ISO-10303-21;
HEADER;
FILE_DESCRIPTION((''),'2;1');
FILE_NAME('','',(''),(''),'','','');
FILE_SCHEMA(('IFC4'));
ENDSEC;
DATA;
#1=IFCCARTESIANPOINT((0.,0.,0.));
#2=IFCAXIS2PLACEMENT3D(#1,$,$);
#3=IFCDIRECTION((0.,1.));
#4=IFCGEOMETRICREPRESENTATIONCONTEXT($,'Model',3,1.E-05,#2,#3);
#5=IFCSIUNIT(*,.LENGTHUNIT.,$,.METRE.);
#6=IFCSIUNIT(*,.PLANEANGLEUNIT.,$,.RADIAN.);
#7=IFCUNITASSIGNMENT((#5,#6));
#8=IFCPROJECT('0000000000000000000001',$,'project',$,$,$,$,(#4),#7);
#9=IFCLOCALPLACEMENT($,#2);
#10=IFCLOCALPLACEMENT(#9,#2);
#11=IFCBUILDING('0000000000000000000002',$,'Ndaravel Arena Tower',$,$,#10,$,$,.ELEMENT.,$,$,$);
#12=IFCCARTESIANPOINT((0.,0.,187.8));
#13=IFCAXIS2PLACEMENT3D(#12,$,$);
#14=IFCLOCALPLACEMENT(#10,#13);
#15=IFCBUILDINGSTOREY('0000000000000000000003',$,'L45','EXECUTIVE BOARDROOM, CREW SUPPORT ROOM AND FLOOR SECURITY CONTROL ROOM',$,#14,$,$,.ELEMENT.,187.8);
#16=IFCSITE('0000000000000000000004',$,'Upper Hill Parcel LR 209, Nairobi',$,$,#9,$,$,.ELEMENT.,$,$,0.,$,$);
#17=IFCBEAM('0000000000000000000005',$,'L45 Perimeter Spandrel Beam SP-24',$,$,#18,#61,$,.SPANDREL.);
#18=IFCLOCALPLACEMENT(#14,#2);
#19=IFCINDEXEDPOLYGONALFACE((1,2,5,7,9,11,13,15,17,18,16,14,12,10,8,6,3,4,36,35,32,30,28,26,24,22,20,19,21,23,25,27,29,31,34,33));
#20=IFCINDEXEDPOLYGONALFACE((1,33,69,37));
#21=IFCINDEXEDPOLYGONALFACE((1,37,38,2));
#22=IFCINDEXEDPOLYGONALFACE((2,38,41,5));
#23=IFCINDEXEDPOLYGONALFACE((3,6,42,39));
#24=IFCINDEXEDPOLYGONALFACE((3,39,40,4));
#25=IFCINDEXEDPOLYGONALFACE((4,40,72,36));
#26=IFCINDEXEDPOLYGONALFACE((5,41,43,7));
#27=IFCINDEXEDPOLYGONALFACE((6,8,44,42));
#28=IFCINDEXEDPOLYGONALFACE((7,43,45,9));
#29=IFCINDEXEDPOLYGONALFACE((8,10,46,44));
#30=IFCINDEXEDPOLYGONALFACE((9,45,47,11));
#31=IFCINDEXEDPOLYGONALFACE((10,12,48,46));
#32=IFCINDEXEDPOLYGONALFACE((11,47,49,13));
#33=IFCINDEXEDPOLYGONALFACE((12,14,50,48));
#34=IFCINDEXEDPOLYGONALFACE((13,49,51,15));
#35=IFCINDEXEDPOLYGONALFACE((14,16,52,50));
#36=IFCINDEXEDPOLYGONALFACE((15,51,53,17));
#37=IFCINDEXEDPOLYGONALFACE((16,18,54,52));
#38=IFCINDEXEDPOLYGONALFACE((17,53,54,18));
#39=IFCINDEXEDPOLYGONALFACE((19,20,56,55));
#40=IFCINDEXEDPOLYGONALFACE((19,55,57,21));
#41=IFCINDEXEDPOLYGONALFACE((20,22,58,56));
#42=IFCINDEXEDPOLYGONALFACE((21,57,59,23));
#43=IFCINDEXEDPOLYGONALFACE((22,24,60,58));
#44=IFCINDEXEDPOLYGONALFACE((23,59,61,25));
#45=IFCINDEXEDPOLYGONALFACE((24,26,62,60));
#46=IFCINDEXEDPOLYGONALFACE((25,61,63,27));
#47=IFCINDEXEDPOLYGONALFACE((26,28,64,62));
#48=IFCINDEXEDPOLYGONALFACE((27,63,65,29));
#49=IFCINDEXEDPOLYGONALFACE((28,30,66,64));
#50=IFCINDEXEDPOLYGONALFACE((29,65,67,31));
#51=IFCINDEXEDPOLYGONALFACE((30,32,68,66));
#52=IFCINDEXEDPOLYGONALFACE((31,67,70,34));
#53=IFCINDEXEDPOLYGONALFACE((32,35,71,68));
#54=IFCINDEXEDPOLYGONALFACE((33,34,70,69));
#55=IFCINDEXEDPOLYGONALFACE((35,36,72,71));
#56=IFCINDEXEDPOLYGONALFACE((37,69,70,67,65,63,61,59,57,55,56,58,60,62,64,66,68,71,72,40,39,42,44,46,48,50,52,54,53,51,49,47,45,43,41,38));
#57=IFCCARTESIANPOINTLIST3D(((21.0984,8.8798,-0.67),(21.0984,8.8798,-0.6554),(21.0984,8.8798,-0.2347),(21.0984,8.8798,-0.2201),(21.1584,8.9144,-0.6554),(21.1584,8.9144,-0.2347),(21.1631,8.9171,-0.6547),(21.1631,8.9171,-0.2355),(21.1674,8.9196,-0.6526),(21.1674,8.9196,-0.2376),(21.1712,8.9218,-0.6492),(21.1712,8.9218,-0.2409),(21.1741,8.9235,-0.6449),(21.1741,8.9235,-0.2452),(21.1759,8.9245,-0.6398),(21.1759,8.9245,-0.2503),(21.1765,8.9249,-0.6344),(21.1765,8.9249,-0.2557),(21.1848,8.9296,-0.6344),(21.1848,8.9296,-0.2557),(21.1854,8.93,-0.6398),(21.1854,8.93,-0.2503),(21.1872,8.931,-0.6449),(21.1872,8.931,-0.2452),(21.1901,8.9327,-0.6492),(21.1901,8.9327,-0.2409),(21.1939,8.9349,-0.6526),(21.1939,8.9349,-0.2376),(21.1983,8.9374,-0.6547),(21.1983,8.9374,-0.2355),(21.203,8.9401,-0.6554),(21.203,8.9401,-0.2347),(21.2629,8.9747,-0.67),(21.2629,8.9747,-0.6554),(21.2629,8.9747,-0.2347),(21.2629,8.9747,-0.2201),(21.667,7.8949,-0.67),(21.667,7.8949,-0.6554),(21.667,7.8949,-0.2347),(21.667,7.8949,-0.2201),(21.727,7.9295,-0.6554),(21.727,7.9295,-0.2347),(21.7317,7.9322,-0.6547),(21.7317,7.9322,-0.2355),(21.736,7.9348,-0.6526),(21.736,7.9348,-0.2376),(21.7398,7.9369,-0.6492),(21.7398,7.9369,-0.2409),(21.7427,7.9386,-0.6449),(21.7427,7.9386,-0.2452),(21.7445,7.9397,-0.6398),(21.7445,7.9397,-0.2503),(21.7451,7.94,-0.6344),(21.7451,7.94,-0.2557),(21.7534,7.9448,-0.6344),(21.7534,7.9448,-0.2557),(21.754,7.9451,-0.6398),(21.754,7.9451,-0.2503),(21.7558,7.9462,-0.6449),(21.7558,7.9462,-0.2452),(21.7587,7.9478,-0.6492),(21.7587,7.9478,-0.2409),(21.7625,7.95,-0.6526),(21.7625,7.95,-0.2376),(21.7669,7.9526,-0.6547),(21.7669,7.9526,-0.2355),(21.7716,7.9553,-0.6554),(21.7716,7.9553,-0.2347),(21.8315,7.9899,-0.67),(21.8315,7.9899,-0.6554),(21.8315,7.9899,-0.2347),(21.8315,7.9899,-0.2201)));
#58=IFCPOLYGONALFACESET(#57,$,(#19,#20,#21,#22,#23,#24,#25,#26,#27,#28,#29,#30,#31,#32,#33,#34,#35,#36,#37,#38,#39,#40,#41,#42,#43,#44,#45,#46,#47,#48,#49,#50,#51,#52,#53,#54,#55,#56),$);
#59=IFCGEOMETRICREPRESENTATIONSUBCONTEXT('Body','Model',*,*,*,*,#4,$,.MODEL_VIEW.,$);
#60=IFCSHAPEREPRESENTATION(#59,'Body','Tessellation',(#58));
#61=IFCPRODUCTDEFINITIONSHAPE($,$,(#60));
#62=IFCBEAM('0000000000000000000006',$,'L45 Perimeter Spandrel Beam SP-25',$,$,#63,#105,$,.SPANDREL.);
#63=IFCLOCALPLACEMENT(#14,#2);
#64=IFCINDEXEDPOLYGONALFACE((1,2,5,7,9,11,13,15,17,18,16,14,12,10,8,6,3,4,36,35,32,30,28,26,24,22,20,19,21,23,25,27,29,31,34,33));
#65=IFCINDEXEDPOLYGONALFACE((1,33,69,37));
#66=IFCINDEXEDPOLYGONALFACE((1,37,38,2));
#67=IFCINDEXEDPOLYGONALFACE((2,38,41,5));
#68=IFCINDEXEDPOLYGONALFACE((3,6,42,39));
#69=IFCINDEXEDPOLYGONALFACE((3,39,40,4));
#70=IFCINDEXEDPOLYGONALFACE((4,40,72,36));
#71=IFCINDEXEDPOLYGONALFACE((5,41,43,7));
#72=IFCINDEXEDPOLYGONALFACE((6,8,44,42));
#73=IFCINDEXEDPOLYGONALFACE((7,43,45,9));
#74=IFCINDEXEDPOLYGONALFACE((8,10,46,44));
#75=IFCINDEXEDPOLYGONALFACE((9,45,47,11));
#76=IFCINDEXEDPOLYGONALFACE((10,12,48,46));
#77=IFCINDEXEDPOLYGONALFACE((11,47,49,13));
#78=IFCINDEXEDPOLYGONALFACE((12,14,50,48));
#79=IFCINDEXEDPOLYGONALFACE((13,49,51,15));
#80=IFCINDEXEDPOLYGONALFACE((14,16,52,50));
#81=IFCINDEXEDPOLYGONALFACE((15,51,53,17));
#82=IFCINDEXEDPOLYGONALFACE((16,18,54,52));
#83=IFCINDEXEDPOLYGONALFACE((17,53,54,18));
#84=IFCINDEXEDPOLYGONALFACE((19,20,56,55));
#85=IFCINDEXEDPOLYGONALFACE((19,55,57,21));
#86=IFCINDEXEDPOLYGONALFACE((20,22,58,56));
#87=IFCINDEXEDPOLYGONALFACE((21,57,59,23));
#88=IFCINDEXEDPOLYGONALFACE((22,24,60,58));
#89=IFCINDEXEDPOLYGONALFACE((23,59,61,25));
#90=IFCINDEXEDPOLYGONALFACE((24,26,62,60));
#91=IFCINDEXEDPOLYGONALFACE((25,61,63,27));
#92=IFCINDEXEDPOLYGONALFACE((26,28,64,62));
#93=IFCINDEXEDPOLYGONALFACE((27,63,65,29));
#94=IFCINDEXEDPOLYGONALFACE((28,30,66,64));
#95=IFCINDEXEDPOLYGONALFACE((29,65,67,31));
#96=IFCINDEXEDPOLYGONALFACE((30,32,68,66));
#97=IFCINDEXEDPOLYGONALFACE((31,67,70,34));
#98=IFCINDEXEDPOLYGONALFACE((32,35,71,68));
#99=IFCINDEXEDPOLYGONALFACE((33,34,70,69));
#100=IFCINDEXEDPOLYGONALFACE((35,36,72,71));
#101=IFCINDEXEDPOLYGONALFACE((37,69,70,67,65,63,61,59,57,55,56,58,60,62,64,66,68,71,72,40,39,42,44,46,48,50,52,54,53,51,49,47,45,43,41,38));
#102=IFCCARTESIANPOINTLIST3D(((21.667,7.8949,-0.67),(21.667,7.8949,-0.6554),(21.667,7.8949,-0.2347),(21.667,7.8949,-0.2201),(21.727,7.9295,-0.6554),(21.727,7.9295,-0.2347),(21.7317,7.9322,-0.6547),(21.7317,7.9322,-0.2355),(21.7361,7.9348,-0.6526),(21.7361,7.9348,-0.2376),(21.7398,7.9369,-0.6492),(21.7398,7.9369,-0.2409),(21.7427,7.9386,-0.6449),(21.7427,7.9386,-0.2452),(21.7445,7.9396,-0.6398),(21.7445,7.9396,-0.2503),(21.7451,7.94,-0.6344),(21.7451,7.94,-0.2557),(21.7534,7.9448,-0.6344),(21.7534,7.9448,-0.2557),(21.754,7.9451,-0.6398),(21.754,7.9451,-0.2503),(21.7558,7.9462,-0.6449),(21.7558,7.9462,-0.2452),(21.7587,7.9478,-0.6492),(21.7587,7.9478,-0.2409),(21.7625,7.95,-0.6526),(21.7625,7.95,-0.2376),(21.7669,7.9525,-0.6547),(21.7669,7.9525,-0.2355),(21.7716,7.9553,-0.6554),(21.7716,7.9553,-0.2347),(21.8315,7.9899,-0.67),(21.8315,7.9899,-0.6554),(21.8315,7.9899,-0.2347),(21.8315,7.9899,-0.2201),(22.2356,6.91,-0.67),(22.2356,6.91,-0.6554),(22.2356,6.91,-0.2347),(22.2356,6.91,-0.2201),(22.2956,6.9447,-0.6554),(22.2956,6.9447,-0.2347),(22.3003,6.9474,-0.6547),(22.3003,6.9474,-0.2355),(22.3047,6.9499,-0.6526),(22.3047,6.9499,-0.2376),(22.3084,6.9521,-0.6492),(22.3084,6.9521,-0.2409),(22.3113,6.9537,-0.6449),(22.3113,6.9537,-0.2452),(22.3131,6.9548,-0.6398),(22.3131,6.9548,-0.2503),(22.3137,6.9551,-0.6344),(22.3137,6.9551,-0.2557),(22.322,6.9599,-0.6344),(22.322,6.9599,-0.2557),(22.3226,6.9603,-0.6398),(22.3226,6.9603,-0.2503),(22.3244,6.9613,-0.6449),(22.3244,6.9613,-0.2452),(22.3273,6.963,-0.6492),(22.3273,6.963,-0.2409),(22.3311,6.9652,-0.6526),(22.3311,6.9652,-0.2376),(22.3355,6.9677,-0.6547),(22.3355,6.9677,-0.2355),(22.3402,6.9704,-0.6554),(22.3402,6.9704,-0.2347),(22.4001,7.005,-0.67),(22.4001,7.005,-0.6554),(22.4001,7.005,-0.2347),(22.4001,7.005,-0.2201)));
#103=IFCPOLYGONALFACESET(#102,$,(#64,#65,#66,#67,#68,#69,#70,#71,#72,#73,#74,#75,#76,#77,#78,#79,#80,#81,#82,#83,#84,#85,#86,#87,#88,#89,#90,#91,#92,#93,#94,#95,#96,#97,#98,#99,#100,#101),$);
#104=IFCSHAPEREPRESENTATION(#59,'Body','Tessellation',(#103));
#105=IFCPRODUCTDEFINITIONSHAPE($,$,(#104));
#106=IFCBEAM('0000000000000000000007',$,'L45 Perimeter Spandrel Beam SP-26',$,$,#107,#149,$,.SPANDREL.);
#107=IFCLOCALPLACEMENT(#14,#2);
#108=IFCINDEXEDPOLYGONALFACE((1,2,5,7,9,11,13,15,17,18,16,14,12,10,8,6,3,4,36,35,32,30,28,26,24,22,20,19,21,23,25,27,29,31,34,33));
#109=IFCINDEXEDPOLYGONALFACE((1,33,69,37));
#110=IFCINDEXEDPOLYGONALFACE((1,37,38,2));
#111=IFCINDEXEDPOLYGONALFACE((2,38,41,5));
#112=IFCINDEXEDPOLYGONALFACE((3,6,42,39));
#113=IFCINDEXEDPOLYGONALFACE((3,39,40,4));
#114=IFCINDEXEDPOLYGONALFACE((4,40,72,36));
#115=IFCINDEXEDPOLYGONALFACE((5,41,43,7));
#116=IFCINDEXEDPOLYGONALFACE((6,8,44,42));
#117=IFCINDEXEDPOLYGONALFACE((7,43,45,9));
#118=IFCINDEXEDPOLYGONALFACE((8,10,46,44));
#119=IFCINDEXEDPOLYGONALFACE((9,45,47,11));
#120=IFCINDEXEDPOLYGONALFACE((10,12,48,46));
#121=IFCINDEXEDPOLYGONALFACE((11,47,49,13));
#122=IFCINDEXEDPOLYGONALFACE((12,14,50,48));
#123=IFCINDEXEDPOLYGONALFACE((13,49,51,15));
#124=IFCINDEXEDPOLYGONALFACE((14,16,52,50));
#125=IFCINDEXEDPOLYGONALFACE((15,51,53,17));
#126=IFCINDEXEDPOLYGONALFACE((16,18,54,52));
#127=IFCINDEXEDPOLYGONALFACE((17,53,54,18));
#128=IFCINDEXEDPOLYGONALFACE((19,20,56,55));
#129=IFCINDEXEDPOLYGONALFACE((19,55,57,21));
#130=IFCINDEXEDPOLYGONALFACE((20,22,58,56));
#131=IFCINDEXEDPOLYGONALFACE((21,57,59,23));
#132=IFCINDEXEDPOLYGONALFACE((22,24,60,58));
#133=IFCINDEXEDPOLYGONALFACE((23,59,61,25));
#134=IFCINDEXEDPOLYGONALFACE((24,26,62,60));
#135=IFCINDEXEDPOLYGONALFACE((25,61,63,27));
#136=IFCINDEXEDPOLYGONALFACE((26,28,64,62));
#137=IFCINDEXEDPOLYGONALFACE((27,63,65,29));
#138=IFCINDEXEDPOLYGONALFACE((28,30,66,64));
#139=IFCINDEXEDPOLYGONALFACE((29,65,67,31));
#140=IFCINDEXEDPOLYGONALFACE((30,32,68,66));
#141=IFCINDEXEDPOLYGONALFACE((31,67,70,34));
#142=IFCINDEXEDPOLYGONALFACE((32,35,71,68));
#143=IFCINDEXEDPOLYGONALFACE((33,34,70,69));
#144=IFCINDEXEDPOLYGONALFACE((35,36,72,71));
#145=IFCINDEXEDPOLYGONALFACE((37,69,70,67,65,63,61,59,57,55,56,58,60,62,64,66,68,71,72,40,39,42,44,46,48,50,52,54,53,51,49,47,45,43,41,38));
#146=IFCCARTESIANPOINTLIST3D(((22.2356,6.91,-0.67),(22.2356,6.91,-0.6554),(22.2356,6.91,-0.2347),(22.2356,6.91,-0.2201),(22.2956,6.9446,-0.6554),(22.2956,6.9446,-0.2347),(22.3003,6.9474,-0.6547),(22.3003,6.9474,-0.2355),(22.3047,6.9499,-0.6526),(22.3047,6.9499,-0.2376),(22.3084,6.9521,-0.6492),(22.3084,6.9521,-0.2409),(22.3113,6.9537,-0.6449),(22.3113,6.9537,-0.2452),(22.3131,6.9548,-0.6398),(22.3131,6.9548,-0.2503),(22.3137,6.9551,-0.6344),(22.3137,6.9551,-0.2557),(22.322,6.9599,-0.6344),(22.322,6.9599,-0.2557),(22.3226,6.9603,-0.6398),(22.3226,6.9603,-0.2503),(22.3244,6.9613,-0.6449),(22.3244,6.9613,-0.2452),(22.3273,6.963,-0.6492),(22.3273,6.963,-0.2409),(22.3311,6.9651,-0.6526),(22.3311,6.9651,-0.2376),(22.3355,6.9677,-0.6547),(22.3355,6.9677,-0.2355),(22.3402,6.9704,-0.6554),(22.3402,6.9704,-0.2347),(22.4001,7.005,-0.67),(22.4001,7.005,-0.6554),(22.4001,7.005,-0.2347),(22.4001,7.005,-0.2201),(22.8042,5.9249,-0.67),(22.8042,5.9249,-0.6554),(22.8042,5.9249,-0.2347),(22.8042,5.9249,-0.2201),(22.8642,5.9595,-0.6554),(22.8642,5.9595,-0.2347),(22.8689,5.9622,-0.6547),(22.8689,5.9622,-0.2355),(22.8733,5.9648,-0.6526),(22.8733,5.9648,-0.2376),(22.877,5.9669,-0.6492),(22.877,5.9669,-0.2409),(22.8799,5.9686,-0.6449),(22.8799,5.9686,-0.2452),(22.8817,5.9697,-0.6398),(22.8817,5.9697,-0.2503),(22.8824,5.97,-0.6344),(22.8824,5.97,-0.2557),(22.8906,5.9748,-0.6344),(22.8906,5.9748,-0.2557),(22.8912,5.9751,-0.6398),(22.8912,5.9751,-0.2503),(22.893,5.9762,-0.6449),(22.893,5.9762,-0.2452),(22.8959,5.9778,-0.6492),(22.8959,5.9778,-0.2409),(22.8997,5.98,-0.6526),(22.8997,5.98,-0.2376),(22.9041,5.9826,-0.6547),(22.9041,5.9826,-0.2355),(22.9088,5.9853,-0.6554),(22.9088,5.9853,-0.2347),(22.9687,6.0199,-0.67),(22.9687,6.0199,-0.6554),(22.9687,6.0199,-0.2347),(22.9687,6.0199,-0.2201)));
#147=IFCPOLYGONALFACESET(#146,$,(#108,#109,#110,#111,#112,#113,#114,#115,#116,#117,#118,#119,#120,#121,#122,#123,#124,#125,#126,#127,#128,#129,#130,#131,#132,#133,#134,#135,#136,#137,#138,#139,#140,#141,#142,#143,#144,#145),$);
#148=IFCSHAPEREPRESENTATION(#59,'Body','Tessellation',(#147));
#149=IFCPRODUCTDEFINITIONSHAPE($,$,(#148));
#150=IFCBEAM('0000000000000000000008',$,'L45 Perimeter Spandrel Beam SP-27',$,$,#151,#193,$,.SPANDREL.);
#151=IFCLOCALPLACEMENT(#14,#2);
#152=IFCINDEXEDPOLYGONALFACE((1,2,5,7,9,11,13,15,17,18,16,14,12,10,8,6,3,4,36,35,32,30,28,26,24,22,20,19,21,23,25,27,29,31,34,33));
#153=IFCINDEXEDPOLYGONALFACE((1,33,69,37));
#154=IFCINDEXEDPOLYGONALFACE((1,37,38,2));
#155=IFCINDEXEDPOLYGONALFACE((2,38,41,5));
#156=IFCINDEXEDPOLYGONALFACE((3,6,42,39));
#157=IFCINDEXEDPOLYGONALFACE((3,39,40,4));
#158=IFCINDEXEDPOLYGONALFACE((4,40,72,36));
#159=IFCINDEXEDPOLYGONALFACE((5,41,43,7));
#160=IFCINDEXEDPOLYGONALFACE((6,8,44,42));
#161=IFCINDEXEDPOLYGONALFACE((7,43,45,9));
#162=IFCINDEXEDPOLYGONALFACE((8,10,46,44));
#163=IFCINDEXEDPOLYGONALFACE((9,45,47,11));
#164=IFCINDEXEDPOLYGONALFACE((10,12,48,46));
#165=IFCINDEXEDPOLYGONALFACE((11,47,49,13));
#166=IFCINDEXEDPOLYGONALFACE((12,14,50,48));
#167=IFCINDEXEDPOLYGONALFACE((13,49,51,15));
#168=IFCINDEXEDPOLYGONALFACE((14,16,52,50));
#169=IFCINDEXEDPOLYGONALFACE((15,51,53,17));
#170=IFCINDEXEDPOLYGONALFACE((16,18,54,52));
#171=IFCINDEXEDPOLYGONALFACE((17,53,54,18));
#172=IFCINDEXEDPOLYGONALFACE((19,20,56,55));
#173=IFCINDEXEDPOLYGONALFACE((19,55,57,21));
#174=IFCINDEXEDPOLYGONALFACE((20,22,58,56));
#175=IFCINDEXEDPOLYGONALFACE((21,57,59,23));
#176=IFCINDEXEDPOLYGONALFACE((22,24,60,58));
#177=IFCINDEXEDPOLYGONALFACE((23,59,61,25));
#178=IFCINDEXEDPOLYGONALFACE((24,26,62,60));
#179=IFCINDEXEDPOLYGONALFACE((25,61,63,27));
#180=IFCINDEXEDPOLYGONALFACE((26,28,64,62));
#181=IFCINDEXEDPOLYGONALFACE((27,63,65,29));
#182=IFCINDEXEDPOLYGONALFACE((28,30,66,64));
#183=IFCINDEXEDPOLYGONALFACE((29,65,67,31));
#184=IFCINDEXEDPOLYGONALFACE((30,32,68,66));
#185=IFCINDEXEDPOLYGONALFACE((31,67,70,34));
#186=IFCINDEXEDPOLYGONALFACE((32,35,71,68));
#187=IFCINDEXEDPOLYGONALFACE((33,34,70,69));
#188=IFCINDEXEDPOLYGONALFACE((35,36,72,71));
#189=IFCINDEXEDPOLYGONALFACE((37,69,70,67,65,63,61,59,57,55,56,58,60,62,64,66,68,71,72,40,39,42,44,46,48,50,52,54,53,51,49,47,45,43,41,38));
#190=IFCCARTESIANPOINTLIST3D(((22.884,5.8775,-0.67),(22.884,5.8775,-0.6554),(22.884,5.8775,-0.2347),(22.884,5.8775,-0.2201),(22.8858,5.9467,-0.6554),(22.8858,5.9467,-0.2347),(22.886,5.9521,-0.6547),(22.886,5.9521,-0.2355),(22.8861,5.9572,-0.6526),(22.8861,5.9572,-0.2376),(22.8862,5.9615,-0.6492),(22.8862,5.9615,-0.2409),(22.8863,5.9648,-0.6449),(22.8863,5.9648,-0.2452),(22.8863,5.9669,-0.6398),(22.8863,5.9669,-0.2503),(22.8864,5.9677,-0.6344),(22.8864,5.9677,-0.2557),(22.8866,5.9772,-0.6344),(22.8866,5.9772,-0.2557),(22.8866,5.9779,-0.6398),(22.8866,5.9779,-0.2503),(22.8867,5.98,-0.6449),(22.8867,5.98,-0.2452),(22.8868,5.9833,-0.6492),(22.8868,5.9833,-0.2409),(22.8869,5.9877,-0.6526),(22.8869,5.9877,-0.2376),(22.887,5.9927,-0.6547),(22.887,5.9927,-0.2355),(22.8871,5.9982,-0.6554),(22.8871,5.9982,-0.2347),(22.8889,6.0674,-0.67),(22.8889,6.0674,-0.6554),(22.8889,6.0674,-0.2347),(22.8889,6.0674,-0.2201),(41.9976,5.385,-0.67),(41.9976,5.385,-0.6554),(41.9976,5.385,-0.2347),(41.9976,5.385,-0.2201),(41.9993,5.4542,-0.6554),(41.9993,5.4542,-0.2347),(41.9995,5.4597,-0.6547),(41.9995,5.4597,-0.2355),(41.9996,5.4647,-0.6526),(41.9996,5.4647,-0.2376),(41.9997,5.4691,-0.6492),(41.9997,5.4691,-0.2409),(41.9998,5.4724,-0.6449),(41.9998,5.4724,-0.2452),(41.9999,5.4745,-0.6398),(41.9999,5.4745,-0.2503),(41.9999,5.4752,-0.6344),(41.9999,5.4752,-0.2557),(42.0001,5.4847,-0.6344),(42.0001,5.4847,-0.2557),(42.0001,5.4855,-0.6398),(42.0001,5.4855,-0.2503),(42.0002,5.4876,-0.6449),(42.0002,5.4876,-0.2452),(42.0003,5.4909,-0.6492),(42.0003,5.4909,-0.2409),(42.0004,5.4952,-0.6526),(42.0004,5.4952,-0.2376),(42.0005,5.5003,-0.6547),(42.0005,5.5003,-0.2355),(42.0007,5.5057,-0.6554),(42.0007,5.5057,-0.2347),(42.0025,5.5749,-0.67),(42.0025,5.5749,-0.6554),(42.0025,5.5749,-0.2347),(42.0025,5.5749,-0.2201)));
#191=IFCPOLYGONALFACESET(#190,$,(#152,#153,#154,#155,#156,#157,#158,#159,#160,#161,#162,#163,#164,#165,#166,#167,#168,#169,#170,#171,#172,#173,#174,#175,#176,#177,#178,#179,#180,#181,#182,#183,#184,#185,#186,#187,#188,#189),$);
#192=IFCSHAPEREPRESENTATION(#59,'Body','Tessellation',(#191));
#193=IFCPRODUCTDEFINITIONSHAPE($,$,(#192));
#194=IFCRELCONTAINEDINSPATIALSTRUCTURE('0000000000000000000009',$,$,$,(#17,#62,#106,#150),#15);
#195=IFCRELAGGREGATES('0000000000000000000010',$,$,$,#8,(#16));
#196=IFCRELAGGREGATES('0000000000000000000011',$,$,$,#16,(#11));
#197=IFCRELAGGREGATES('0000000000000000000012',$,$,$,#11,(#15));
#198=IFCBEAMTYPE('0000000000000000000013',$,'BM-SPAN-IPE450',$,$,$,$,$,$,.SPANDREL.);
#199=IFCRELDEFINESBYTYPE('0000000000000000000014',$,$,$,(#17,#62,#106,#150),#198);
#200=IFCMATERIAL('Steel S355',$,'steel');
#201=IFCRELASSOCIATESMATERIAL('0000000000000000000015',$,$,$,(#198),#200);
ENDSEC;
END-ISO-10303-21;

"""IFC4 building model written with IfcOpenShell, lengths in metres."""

from ifc_helpers import new_model, si_unit, direction, frame, origin, origin_2d, place, context, subcontext, project, spatial, i_section, extrude, material, material_profile, profile_set, type_object, element, save


model = new_model("IFC4")

# Units and contexts
model_context = context("Model", 3, precision=1e-05, world=origin(), true_north=direction((0.0, 1.0)))
body_context = subcontext(model_context, "Body", "Model", "MODEL_VIEW")
ifc_project = project(units=[si_unit("LENGTHUNIT", "METRE"), si_unit("PLANEANGLEUNIT", "RADIAN")], contexts=[model_context])

# Site, building, storey
site_placement = place(None, origin())
site = spatial("IfcSite", under=ifc_project, at=site_placement, Name="Upper Hill Parcel LR 209, Nairobi", CompositionType="ELEMENT", RefElevation=0.0)
building_placement = place(site_placement, origin())
building = spatial("IfcBuilding", under=site, at=building_placement, Name="Ndaravel Arena Tower", CompositionType="ELEMENT")
storey_placement = place(building_placement, frame((0.0, 0.0, 187.8)))
storey = spatial("IfcBuildingStorey", under=building, at=storey_placement, Name="L45", Description="EXECUTIVE BOARDROOM, CREW SUPPORT ROOM AND FLOOR SECURITY CONTROL ROOM", CompositionType="ELEMENT", Elevation=187.8)

# Beams
ifc_material_1 = material(Name="Steel S355", Category="steel")
ifc_material_profile_1 = material_profile(ifc_material_1, i_section(OverallWidth=0.1899, OverallDepth=0.45, WebThickness=0.0095, FlangeThickness=0.0146, FilletRadius=0.021, at=origin_2d()), Name="IPE 450")
ifc_profile_set_1 = profile_set([ifc_material_profile_1], Name="Steel S355")
beam_type = type_object("IfcBeamType", Name="BM-SPAN-IPE450", PredefinedType="SPANDREL", material=ifc_profile_set_1)
for number, where, z_axis, x_axis, name in (
    (1, (21.1807, 8.9272, -0.4451), (0.499995, -0.866028, 0.0), (0.866028, 0.499995, 0.0), "L45 Perimeter Spandrel Beam SP-24"),
    (2, (21.7493, 7.9424, -0.4451), (0.499995, -0.866028, 0.0), (0.866028, 0.499995, 0.0), "L45 Perimeter Spandrel Beam SP-25"),
):
    element("IfcBeam", number, at=place(storey_placement, frame(where, z_axis=z_axis, x_axis=x_axis)), inside=storey, type_object=beam_type, Name=name, PredefinedType="SPANDREL", context=body_context, shape_type="SweptSolid", body=[
        extrude(i_section(OverallWidth=0.1899, OverallDepth=0.45, WebThickness=0.0095, FlangeThickness=0.0146, FilletRadius=0.021, at=origin_2d()), origin(), (0.0, 0.0, 1.0), 1.1372),
    ])
beam_1_placement = place(storey_placement, frame((22.3179, 6.9575, -0.4451), z_axis=(0.499902, -0.866082, 0.0), x_axis=(0.866082, 0.499902, 0.0)))
element("IfcBeam", 3, at=beam_1_placement, inside=storey, type_object=beam_type, Name="L45 Perimeter Spandrel Beam SP-26", PredefinedType="SPANDREL", context=body_context, shape_type="SweptSolid", body=[
    extrude(i_section(OverallWidth=0.1899, OverallDepth=0.45, WebThickness=0.0095, FlangeThickness=0.0146, FilletRadius=0.021, at=origin_2d()), origin(), (0.0, 0.0, 1.0), 1.1375),
])
beam_2_placement = place(storey_placement, frame((22.8865, 5.9724, -0.4451), z_axis=(0.999668, -0.025755, 0.0), x_axis=(0.025755, 0.999668, 0.0)))
element("IfcBeam", 4, at=beam_2_placement, inside=storey, type_object=beam_type, Name="L45 Perimeter Spandrel Beam SP-27", PredefinedType="SPANDREL", context=body_context, shape_type="SweptSolid", body=[
    extrude(i_section(OverallWidth=0.1899, OverallDepth=0.45, WebThickness=0.0095, FlangeThickness=0.0146, FilletRadius=0.021, at=origin_2d()), origin(), (0.0, 0.0, 1.0), 19.1199),
])

save(model, "model.ifc")
